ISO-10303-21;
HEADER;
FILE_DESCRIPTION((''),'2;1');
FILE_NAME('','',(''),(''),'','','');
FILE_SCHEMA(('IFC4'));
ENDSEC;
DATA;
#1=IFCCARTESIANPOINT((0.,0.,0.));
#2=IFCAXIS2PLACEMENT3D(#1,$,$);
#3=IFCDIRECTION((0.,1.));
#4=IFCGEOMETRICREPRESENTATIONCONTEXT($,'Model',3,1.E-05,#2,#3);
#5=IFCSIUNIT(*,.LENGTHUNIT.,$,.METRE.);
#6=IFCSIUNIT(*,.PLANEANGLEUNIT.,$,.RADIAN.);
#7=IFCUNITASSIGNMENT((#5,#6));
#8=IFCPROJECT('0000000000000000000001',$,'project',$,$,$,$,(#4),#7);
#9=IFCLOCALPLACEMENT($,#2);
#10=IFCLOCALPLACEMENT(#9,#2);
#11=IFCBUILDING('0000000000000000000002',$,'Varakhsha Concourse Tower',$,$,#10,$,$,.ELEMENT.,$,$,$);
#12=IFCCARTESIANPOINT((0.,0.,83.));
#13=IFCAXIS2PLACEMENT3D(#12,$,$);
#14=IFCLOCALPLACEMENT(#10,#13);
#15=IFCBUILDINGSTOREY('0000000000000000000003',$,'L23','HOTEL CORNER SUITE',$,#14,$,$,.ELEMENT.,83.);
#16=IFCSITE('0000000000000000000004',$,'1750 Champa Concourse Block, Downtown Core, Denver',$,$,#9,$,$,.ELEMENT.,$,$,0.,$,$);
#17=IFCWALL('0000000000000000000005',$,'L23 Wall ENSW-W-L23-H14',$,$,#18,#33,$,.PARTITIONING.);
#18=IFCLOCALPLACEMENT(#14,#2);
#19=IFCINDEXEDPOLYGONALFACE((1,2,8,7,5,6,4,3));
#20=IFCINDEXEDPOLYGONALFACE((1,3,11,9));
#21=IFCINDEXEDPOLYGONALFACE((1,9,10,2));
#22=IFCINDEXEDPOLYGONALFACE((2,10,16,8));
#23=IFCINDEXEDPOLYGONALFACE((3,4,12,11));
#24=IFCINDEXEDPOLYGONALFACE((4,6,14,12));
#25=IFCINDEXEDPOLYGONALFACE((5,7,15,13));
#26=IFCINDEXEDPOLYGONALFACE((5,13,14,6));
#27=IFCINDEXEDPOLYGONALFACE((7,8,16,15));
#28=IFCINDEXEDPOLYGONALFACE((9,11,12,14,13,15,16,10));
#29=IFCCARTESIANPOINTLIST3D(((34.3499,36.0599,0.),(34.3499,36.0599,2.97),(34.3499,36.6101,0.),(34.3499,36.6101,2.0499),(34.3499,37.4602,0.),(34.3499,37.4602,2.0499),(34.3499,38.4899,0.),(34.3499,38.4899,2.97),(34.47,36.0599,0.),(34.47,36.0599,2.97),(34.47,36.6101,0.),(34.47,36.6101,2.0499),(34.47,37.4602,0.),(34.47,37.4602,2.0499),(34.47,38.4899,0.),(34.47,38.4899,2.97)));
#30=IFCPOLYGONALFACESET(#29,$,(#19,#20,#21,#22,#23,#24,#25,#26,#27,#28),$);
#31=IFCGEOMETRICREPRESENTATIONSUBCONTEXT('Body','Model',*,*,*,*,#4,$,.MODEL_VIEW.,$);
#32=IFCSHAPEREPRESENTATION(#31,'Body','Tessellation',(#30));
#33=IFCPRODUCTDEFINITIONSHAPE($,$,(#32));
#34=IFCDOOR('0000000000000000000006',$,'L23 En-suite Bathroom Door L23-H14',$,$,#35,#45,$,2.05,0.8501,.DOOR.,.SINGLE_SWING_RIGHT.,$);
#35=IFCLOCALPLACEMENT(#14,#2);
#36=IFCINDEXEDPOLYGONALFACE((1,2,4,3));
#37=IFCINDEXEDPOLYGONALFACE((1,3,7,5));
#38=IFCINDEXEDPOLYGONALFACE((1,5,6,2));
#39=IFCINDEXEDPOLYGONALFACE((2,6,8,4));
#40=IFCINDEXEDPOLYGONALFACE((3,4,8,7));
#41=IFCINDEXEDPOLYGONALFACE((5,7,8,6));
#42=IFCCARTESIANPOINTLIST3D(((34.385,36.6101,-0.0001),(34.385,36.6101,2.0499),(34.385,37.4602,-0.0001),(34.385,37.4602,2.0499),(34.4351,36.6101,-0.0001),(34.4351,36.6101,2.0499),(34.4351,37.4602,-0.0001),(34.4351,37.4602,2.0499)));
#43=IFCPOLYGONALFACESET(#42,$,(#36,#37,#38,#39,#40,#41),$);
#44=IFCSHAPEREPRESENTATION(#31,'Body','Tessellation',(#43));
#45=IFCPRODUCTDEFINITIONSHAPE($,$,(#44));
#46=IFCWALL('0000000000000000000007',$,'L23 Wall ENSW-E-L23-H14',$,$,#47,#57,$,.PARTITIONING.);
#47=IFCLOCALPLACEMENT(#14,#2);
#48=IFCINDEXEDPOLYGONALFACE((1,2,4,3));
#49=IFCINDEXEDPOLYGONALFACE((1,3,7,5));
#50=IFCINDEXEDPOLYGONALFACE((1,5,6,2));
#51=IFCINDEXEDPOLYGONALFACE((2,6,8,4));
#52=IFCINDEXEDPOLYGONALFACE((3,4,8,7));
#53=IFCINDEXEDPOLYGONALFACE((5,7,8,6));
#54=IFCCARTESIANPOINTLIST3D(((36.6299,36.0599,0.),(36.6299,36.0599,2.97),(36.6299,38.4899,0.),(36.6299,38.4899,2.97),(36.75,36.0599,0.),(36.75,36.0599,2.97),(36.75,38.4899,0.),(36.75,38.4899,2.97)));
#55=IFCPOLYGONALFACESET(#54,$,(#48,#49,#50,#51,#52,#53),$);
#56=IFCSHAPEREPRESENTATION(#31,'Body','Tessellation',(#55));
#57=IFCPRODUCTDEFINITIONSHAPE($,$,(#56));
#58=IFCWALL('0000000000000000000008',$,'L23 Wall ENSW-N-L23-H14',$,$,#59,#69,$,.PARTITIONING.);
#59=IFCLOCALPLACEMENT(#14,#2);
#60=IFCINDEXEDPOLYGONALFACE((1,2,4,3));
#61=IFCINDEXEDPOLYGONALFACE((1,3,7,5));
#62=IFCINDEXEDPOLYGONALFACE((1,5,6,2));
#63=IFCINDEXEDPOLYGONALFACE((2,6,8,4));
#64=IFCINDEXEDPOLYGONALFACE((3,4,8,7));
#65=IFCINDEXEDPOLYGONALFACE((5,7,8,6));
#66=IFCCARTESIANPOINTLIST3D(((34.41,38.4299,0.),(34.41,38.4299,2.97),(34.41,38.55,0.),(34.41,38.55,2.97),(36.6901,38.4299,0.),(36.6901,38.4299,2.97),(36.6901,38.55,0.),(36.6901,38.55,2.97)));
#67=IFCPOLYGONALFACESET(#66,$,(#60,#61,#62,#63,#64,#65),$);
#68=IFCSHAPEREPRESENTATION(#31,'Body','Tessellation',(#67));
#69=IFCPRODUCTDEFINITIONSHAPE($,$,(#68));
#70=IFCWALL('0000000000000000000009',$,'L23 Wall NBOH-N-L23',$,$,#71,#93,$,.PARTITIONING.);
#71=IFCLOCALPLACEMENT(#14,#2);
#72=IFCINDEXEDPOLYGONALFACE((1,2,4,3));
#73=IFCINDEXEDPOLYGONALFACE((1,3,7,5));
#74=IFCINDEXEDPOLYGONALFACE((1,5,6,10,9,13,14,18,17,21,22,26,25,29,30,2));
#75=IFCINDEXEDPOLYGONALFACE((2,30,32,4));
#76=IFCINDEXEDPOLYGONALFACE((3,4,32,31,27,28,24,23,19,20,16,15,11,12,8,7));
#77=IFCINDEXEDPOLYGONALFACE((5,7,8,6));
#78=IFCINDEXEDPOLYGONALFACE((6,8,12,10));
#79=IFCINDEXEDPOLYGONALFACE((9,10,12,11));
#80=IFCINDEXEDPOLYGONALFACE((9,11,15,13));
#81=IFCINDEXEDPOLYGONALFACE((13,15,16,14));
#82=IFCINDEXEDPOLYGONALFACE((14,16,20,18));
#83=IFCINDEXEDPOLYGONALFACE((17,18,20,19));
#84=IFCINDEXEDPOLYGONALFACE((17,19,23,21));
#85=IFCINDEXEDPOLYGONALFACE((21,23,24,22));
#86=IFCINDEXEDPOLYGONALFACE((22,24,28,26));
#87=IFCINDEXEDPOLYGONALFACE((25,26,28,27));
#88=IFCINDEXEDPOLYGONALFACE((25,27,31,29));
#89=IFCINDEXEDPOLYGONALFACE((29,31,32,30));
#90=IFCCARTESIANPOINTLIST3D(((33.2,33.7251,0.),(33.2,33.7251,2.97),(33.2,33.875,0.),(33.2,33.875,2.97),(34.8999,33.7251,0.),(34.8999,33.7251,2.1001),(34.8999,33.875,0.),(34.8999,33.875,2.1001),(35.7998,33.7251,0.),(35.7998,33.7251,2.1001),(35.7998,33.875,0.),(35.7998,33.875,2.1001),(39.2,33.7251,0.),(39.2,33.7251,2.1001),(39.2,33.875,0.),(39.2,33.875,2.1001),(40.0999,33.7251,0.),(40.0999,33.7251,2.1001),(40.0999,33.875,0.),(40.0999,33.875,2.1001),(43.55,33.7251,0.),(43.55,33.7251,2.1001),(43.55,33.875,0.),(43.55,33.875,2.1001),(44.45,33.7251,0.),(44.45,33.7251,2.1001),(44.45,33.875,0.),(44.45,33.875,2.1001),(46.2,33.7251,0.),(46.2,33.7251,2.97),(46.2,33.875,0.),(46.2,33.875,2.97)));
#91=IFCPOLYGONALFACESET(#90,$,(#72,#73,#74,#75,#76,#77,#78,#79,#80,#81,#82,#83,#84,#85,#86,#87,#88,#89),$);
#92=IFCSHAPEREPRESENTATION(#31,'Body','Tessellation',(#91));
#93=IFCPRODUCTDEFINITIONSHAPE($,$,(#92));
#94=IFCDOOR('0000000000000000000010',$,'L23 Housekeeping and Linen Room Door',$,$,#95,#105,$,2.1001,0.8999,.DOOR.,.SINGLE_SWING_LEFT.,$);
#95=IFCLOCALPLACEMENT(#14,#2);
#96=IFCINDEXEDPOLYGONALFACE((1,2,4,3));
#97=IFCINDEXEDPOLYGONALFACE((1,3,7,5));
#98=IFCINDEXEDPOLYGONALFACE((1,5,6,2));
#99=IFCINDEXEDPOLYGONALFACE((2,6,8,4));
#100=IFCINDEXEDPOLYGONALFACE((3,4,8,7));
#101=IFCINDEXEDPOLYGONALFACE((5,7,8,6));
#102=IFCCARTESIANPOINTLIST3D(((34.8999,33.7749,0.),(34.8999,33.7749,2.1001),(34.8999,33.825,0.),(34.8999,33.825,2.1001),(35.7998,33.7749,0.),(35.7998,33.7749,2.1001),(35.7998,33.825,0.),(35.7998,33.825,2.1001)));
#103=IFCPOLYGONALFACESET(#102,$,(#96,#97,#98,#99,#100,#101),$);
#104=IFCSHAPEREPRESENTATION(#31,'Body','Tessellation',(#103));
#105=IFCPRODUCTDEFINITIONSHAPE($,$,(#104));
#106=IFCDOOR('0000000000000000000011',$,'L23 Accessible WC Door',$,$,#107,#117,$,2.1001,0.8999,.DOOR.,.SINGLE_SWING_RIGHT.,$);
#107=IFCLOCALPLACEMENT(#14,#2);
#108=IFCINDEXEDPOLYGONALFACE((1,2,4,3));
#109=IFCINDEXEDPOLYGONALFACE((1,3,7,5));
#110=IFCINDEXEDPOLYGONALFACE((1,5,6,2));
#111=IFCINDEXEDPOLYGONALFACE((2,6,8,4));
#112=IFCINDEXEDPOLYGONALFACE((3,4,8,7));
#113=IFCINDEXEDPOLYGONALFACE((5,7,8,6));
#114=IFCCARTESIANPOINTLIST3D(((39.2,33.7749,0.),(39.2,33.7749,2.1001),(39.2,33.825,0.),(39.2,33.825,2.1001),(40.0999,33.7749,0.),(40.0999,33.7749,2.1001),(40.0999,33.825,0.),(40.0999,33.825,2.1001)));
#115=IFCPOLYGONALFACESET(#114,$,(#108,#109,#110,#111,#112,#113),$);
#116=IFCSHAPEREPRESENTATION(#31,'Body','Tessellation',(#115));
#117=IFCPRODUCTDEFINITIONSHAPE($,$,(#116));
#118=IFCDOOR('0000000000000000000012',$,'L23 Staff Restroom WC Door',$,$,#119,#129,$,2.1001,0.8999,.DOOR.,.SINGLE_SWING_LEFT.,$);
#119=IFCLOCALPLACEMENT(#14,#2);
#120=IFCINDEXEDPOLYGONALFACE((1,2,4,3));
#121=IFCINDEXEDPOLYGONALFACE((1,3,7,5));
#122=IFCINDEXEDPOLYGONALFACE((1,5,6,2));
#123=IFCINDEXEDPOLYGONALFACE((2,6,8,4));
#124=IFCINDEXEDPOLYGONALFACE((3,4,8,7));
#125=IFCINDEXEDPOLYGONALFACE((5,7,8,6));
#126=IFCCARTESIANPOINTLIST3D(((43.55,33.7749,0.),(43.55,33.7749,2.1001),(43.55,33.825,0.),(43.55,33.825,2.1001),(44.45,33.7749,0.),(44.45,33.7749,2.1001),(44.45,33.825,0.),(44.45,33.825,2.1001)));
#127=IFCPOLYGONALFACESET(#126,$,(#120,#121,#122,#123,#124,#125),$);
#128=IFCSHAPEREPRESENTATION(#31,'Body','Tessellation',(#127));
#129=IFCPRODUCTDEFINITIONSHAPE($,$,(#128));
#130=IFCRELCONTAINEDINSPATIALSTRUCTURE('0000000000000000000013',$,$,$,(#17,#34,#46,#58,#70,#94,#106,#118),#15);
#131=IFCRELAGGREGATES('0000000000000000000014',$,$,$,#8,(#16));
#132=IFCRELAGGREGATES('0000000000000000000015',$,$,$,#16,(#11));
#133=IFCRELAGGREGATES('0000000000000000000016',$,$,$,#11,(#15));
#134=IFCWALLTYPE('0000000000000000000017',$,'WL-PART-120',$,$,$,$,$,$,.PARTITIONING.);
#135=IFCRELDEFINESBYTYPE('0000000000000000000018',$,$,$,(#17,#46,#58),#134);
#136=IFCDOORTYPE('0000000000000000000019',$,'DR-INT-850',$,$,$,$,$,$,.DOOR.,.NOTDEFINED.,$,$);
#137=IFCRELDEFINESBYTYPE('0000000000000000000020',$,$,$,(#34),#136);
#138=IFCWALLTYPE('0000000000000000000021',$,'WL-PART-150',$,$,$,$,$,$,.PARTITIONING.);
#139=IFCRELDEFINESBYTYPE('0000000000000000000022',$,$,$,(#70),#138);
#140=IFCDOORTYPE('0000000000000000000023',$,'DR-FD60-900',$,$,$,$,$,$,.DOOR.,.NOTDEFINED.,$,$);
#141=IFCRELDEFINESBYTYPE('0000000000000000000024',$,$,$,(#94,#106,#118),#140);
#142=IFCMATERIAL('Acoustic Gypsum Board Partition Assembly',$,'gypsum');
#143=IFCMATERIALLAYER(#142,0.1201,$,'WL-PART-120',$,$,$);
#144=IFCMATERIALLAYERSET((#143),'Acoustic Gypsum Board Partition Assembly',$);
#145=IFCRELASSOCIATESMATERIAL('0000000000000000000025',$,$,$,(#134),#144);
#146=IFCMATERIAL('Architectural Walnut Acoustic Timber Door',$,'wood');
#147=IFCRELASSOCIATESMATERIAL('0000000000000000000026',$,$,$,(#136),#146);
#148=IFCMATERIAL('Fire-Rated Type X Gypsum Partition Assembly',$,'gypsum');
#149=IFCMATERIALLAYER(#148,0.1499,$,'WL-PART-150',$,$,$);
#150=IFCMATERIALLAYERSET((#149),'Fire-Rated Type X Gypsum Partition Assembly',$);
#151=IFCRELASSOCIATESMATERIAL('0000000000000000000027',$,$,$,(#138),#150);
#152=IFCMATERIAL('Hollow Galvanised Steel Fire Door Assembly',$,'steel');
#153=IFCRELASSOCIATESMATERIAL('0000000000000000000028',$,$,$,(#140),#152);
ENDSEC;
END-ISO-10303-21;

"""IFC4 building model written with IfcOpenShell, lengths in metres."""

from ifc_helpers import new_model, si_unit, direction, frame, frame_2d, origin, place, context, subcontext, project, spatial, rectangle, extrude, material, layer, layer_set, type_object, element, fill, save


model = new_model("IFC4")

# Units and contexts
model_context = context("Model", 3, precision=1e-05, world=origin(), true_north=direction((0.0, 1.0)))
body_context = subcontext(model_context, "Body", "Model", "MODEL_VIEW")
ifc_project = project(units=[si_unit("LENGTHUNIT", "METRE"), si_unit("PLANEANGLEUNIT", "RADIAN")], contexts=[model_context])

# Site, building, storey
site_placement = place(None, origin())
site = spatial("IfcSite", under=ifc_project, at=site_placement, Name="1750 Champa Concourse Block, Downtown Core, Denver", CompositionType="ELEMENT", RefElevation=0.0)
building_placement = place(site_placement, origin())
building = spatial("IfcBuilding", under=site, at=building_placement, Name="Varakhsha Concourse Tower", CompositionType="ELEMENT")
storey_placement = place(building_placement, frame((0.0, 0.0, 83.0)))
storey = spatial("IfcBuildingStorey", under=building, at=storey_placement, Name="L23", Description="HOTEL CORNER SUITE", CompositionType="ELEMENT", Elevation=83.0)

# Shared definitions
ifc_material_1 = material(Name="Acoustic Gypsum Board Partition Assembly", Category="gypsum")
ifc_layer_1 = layer(ifc_material_1, 0.1201, Name="WL-PART-120")
ifc_layer_set_1 = layer_set([ifc_layer_1], Name="Acoustic Gypsum Board Partition Assembly")
wall_type_1 = type_object("IfcWallType", Name="WL-PART-120", PredefinedType="PARTITIONING", material=ifc_layer_set_1)

# Wall, opening, door
wall_1_placement = place(storey_placement, frame((34.4099, 36.0601, 0.0), z_axis=(0.0, 0.0, 1.0), x_axis=(0.0, 1.0, 0.0)))
wall_1 = element("IfcWall", 1, at=wall_1_placement, inside=storey, type_object=wall_type_1, Name="L23 Wall ENSW-W-L23-H14", PredefinedType="PARTITIONING", context=body_context, shape_type="SweptSolid", body=[
    extrude(rectangle(XDim=2.4299, YDim=0.1201, at=frame_2d((1.2148, 0.0))), origin(), (0.0, 0.0, 1.0), 2.97),
])
opening_1_placement = place(wall_1_placement, frame((0.55, 0.0, 0.0)))
opening_1 = element("IfcOpeningElement", 2, at=opening_1_placement, cuts=wall_1, PredefinedType="OPENING", context=body_context, shape_type="SweptSolid", body=[
    extrude(rectangle(XDim=0.8501, YDim=2.05, at=frame_2d((0.425, 1.0249))), frame((0.0, 0.0701, 0.0), z_axis=(0.0, -1.0, 0.0), x_axis=(1.0, 0.0, 0.0)), (0.0, 0.0, 1.0), 0.1401),
])
ifc_material_2 = material(Name="Architectural Walnut Acoustic Timber Door", Category="wood")
door_type_1 = type_object("IfcDoorType", Name="DR-INT-850", OperationType="NOTDEFINED", PredefinedType="DOOR", material=ifc_material_2)
door_1_placement = place(opening_1_placement, origin())
door_1 = element("IfcDoor", 3, at=door_1_placement, inside=storey, type_object=door_type_1, Name="L23 En-suite Bathroom Door L23-H14", OperationType="SINGLE_SWING_RIGHT", OverallHeight=2.05, OverallWidth=0.8501, PredefinedType="DOOR", context=body_context, shape_type="SweptSolid", body=[
    extrude(rectangle(XDim=0.8501, YDim=2.05, at=frame_2d((0.425, 1.0249))), frame((0.0, 0.0249, 0.0), z_axis=(0.0, -1.0, 0.0), x_axis=(1.0, 0.0, 0.0)), (0.0, 0.0, 1.0), 0.05),
])
fill(opening_1, door_1)

# Walls
wall_2_placement = place(storey_placement, frame((36.6899, 36.0601, 0.0), z_axis=(0.0, 0.0, 1.0), x_axis=(0.0, 1.0, 0.0)))
element("IfcWall", 4, at=wall_2_placement, inside=storey, type_object=wall_type_1, Name="L23 Wall ENSW-E-L23-H14", PredefinedType="PARTITIONING", context=body_context, shape_type="SweptSolid", body=[
    extrude(rectangle(XDim=2.4299, YDim=0.1201, at=frame_2d((1.2148, 0.0))), origin(), (0.0, 0.0, 1.0), 2.97),
])
wall_3_placement = place(storey_placement, frame((34.4099, 38.49, 0.0), z_axis=(0.0, 0.0, 1.0), x_axis=(1.0, 0.0, 0.0)))
element("IfcWall", 5, at=wall_3_placement, inside=storey, type_object=wall_type_1, Name="L23 Wall ENSW-N-L23-H14", PredefinedType="PARTITIONING", context=body_context, shape_type="SweptSolid", body=[
    extrude(rectangle(XDim=2.28, YDim=0.1201, at=frame_2d((1.1401, 0.0))), origin(), (0.0, 0.0, 1.0), 2.97),
])

# Wall, openings, doors
ifc_material_3 = material(Name="Fire-Rated Type X Gypsum Partition Assembly", Category="gypsum")
ifc_layer_2 = layer(ifc_material_3, 0.1499, Name="WL-PART-150")
ifc_layer_set_2 = layer_set([ifc_layer_2], Name="Fire-Rated Type X Gypsum Partition Assembly")
wall_type_2 = type_object("IfcWallType", Name="WL-PART-150", PredefinedType="PARTITIONING", material=ifc_layer_set_2)
wall_4_placement = place(storey_placement, frame((33.2, 33.8, 0.0), z_axis=(0.0, 0.0, 1.0), x_axis=(1.0, 0.0, 0.0)))
wall_4 = element("IfcWall", 6, at=wall_4_placement, inside=storey, type_object=wall_type_2, Name="L23 Wall NBOH-N-L23", PredefinedType="PARTITIONING", context=body_context, shape_type="SweptSolid", body=[
    extrude(rectangle(XDim=13.0, YDim=0.1499, at=frame_2d((6.5, 0.0))), origin(), (0.0, 0.0, 1.0), 2.97),
])
opening_2_placement = place(wall_4_placement, frame((1.7, 0.0, 0.0)))
opening_2 = element("IfcOpeningElement", 7, at=opening_2_placement, cuts=wall_4, PredefinedType="OPENING", context=body_context, shape_type="SweptSolid", body=[
    extrude(rectangle(XDim=0.8999, YDim=2.1001, at=frame_2d((0.45, 1.05))), frame((0.0, 0.085, 0.0), z_axis=(0.0, -1.0, 0.0), x_axis=(1.0, 0.0, 0.0)), (0.0, 0.0, 1.0), 0.1699),
])
opening_3_placement = place(wall_4_placement, frame((6.0, 0.0, 0.0)))
opening_3 = element("IfcOpeningElement", 8, at=opening_3_placement, cuts=wall_4, PredefinedType="OPENING", context=body_context, shape_type="SweptSolid", body=[
    extrude(rectangle(XDim=0.8999, YDim=2.1001, at=frame_2d((0.45, 1.05))), frame((0.0, 0.085, 0.0), z_axis=(0.0, -1.0, 0.0), x_axis=(1.0, 0.0, 0.0)), (0.0, 0.0, 1.0), 0.1699),
])
opening_4_placement = place(wall_4_placement, frame((10.3501, 0.0, 0.0)))
opening_4 = element("IfcOpeningElement", 9, at=opening_4_placement, cuts=wall_4, PredefinedType="OPENING", context=body_context, shape_type="SweptSolid", body=[
    extrude(rectangle(XDim=0.8999, YDim=2.1001, at=frame_2d((0.45, 1.05))), frame((0.0, 0.085, 0.0), z_axis=(0.0, -1.0, 0.0), x_axis=(1.0, 0.0, 0.0)), (0.0, 0.0, 1.0), 0.1699),
])
ifc_material_4 = material(Name="Hollow Galvanised Steel Fire Door Assembly", Category="steel")
door_type_2 = type_object("IfcDoorType", Name="DR-FD60-900", OperationType="NOTDEFINED", PredefinedType="DOOR", material=ifc_material_4)
door_2_placement = place(opening_2_placement, origin())
door_2 = element("IfcDoor", 10, at=door_2_placement, inside=storey, type_object=door_type_2, Name="L23 Housekeeping and Linen Room Door", OperationType="SINGLE_SWING_LEFT", OverallHeight=2.1001, OverallWidth=0.8999, PredefinedType="DOOR", context=body_context, shape_type="SweptSolid", body=[
    extrude(rectangle(XDim=0.8999, YDim=2.1001, at=frame_2d((0.45, 1.05))), frame((0.0, 0.0249, 0.0), z_axis=(0.0, -1.0, 0.0), x_axis=(1.0, 0.0, 0.0)), (0.0, 0.0, 1.0), 0.05),
])
fill(opening_2, door_2)
door_3_placement = place(opening_3_placement, origin())
door_3 = element("IfcDoor", 11, at=door_3_placement, inside=storey, type_object=door_type_2, Name="L23 Accessible WC Door", OperationType="SINGLE_SWING_RIGHT", OverallHeight=2.1001, OverallWidth=0.8999, PredefinedType="DOOR", context=body_context, shape_type="SweptSolid", body=[
    extrude(rectangle(XDim=0.8999, YDim=2.1001, at=frame_2d((0.45, 1.05))), frame((0.0, 0.0249, 0.0), z_axis=(0.0, -1.0, 0.0), x_axis=(1.0, 0.0, 0.0)), (0.0, 0.0, 1.0), 0.05),
])
fill(opening_3, door_3)
door_4_placement = place(opening_4_placement, origin())
door_4 = element("IfcDoor", 12, at=door_4_placement, inside=storey, type_object=door_type_2, Name="L23 Staff Restroom WC Door", OperationType="SINGLE_SWING_LEFT", OverallHeight=2.1001, OverallWidth=0.8999, PredefinedType="DOOR", context=body_context, shape_type="SweptSolid", body=[
    extrude(rectangle(XDim=0.8999, YDim=2.1001, at=frame_2d((0.45, 1.05))), frame((0.0, 0.0249, 0.0), z_axis=(0.0, -1.0, 0.0), x_axis=(1.0, 0.0, 0.0)), (0.0, 0.0, 1.0), 0.05),
])
fill(opening_4, door_4)

save(model, "model.ifc")
